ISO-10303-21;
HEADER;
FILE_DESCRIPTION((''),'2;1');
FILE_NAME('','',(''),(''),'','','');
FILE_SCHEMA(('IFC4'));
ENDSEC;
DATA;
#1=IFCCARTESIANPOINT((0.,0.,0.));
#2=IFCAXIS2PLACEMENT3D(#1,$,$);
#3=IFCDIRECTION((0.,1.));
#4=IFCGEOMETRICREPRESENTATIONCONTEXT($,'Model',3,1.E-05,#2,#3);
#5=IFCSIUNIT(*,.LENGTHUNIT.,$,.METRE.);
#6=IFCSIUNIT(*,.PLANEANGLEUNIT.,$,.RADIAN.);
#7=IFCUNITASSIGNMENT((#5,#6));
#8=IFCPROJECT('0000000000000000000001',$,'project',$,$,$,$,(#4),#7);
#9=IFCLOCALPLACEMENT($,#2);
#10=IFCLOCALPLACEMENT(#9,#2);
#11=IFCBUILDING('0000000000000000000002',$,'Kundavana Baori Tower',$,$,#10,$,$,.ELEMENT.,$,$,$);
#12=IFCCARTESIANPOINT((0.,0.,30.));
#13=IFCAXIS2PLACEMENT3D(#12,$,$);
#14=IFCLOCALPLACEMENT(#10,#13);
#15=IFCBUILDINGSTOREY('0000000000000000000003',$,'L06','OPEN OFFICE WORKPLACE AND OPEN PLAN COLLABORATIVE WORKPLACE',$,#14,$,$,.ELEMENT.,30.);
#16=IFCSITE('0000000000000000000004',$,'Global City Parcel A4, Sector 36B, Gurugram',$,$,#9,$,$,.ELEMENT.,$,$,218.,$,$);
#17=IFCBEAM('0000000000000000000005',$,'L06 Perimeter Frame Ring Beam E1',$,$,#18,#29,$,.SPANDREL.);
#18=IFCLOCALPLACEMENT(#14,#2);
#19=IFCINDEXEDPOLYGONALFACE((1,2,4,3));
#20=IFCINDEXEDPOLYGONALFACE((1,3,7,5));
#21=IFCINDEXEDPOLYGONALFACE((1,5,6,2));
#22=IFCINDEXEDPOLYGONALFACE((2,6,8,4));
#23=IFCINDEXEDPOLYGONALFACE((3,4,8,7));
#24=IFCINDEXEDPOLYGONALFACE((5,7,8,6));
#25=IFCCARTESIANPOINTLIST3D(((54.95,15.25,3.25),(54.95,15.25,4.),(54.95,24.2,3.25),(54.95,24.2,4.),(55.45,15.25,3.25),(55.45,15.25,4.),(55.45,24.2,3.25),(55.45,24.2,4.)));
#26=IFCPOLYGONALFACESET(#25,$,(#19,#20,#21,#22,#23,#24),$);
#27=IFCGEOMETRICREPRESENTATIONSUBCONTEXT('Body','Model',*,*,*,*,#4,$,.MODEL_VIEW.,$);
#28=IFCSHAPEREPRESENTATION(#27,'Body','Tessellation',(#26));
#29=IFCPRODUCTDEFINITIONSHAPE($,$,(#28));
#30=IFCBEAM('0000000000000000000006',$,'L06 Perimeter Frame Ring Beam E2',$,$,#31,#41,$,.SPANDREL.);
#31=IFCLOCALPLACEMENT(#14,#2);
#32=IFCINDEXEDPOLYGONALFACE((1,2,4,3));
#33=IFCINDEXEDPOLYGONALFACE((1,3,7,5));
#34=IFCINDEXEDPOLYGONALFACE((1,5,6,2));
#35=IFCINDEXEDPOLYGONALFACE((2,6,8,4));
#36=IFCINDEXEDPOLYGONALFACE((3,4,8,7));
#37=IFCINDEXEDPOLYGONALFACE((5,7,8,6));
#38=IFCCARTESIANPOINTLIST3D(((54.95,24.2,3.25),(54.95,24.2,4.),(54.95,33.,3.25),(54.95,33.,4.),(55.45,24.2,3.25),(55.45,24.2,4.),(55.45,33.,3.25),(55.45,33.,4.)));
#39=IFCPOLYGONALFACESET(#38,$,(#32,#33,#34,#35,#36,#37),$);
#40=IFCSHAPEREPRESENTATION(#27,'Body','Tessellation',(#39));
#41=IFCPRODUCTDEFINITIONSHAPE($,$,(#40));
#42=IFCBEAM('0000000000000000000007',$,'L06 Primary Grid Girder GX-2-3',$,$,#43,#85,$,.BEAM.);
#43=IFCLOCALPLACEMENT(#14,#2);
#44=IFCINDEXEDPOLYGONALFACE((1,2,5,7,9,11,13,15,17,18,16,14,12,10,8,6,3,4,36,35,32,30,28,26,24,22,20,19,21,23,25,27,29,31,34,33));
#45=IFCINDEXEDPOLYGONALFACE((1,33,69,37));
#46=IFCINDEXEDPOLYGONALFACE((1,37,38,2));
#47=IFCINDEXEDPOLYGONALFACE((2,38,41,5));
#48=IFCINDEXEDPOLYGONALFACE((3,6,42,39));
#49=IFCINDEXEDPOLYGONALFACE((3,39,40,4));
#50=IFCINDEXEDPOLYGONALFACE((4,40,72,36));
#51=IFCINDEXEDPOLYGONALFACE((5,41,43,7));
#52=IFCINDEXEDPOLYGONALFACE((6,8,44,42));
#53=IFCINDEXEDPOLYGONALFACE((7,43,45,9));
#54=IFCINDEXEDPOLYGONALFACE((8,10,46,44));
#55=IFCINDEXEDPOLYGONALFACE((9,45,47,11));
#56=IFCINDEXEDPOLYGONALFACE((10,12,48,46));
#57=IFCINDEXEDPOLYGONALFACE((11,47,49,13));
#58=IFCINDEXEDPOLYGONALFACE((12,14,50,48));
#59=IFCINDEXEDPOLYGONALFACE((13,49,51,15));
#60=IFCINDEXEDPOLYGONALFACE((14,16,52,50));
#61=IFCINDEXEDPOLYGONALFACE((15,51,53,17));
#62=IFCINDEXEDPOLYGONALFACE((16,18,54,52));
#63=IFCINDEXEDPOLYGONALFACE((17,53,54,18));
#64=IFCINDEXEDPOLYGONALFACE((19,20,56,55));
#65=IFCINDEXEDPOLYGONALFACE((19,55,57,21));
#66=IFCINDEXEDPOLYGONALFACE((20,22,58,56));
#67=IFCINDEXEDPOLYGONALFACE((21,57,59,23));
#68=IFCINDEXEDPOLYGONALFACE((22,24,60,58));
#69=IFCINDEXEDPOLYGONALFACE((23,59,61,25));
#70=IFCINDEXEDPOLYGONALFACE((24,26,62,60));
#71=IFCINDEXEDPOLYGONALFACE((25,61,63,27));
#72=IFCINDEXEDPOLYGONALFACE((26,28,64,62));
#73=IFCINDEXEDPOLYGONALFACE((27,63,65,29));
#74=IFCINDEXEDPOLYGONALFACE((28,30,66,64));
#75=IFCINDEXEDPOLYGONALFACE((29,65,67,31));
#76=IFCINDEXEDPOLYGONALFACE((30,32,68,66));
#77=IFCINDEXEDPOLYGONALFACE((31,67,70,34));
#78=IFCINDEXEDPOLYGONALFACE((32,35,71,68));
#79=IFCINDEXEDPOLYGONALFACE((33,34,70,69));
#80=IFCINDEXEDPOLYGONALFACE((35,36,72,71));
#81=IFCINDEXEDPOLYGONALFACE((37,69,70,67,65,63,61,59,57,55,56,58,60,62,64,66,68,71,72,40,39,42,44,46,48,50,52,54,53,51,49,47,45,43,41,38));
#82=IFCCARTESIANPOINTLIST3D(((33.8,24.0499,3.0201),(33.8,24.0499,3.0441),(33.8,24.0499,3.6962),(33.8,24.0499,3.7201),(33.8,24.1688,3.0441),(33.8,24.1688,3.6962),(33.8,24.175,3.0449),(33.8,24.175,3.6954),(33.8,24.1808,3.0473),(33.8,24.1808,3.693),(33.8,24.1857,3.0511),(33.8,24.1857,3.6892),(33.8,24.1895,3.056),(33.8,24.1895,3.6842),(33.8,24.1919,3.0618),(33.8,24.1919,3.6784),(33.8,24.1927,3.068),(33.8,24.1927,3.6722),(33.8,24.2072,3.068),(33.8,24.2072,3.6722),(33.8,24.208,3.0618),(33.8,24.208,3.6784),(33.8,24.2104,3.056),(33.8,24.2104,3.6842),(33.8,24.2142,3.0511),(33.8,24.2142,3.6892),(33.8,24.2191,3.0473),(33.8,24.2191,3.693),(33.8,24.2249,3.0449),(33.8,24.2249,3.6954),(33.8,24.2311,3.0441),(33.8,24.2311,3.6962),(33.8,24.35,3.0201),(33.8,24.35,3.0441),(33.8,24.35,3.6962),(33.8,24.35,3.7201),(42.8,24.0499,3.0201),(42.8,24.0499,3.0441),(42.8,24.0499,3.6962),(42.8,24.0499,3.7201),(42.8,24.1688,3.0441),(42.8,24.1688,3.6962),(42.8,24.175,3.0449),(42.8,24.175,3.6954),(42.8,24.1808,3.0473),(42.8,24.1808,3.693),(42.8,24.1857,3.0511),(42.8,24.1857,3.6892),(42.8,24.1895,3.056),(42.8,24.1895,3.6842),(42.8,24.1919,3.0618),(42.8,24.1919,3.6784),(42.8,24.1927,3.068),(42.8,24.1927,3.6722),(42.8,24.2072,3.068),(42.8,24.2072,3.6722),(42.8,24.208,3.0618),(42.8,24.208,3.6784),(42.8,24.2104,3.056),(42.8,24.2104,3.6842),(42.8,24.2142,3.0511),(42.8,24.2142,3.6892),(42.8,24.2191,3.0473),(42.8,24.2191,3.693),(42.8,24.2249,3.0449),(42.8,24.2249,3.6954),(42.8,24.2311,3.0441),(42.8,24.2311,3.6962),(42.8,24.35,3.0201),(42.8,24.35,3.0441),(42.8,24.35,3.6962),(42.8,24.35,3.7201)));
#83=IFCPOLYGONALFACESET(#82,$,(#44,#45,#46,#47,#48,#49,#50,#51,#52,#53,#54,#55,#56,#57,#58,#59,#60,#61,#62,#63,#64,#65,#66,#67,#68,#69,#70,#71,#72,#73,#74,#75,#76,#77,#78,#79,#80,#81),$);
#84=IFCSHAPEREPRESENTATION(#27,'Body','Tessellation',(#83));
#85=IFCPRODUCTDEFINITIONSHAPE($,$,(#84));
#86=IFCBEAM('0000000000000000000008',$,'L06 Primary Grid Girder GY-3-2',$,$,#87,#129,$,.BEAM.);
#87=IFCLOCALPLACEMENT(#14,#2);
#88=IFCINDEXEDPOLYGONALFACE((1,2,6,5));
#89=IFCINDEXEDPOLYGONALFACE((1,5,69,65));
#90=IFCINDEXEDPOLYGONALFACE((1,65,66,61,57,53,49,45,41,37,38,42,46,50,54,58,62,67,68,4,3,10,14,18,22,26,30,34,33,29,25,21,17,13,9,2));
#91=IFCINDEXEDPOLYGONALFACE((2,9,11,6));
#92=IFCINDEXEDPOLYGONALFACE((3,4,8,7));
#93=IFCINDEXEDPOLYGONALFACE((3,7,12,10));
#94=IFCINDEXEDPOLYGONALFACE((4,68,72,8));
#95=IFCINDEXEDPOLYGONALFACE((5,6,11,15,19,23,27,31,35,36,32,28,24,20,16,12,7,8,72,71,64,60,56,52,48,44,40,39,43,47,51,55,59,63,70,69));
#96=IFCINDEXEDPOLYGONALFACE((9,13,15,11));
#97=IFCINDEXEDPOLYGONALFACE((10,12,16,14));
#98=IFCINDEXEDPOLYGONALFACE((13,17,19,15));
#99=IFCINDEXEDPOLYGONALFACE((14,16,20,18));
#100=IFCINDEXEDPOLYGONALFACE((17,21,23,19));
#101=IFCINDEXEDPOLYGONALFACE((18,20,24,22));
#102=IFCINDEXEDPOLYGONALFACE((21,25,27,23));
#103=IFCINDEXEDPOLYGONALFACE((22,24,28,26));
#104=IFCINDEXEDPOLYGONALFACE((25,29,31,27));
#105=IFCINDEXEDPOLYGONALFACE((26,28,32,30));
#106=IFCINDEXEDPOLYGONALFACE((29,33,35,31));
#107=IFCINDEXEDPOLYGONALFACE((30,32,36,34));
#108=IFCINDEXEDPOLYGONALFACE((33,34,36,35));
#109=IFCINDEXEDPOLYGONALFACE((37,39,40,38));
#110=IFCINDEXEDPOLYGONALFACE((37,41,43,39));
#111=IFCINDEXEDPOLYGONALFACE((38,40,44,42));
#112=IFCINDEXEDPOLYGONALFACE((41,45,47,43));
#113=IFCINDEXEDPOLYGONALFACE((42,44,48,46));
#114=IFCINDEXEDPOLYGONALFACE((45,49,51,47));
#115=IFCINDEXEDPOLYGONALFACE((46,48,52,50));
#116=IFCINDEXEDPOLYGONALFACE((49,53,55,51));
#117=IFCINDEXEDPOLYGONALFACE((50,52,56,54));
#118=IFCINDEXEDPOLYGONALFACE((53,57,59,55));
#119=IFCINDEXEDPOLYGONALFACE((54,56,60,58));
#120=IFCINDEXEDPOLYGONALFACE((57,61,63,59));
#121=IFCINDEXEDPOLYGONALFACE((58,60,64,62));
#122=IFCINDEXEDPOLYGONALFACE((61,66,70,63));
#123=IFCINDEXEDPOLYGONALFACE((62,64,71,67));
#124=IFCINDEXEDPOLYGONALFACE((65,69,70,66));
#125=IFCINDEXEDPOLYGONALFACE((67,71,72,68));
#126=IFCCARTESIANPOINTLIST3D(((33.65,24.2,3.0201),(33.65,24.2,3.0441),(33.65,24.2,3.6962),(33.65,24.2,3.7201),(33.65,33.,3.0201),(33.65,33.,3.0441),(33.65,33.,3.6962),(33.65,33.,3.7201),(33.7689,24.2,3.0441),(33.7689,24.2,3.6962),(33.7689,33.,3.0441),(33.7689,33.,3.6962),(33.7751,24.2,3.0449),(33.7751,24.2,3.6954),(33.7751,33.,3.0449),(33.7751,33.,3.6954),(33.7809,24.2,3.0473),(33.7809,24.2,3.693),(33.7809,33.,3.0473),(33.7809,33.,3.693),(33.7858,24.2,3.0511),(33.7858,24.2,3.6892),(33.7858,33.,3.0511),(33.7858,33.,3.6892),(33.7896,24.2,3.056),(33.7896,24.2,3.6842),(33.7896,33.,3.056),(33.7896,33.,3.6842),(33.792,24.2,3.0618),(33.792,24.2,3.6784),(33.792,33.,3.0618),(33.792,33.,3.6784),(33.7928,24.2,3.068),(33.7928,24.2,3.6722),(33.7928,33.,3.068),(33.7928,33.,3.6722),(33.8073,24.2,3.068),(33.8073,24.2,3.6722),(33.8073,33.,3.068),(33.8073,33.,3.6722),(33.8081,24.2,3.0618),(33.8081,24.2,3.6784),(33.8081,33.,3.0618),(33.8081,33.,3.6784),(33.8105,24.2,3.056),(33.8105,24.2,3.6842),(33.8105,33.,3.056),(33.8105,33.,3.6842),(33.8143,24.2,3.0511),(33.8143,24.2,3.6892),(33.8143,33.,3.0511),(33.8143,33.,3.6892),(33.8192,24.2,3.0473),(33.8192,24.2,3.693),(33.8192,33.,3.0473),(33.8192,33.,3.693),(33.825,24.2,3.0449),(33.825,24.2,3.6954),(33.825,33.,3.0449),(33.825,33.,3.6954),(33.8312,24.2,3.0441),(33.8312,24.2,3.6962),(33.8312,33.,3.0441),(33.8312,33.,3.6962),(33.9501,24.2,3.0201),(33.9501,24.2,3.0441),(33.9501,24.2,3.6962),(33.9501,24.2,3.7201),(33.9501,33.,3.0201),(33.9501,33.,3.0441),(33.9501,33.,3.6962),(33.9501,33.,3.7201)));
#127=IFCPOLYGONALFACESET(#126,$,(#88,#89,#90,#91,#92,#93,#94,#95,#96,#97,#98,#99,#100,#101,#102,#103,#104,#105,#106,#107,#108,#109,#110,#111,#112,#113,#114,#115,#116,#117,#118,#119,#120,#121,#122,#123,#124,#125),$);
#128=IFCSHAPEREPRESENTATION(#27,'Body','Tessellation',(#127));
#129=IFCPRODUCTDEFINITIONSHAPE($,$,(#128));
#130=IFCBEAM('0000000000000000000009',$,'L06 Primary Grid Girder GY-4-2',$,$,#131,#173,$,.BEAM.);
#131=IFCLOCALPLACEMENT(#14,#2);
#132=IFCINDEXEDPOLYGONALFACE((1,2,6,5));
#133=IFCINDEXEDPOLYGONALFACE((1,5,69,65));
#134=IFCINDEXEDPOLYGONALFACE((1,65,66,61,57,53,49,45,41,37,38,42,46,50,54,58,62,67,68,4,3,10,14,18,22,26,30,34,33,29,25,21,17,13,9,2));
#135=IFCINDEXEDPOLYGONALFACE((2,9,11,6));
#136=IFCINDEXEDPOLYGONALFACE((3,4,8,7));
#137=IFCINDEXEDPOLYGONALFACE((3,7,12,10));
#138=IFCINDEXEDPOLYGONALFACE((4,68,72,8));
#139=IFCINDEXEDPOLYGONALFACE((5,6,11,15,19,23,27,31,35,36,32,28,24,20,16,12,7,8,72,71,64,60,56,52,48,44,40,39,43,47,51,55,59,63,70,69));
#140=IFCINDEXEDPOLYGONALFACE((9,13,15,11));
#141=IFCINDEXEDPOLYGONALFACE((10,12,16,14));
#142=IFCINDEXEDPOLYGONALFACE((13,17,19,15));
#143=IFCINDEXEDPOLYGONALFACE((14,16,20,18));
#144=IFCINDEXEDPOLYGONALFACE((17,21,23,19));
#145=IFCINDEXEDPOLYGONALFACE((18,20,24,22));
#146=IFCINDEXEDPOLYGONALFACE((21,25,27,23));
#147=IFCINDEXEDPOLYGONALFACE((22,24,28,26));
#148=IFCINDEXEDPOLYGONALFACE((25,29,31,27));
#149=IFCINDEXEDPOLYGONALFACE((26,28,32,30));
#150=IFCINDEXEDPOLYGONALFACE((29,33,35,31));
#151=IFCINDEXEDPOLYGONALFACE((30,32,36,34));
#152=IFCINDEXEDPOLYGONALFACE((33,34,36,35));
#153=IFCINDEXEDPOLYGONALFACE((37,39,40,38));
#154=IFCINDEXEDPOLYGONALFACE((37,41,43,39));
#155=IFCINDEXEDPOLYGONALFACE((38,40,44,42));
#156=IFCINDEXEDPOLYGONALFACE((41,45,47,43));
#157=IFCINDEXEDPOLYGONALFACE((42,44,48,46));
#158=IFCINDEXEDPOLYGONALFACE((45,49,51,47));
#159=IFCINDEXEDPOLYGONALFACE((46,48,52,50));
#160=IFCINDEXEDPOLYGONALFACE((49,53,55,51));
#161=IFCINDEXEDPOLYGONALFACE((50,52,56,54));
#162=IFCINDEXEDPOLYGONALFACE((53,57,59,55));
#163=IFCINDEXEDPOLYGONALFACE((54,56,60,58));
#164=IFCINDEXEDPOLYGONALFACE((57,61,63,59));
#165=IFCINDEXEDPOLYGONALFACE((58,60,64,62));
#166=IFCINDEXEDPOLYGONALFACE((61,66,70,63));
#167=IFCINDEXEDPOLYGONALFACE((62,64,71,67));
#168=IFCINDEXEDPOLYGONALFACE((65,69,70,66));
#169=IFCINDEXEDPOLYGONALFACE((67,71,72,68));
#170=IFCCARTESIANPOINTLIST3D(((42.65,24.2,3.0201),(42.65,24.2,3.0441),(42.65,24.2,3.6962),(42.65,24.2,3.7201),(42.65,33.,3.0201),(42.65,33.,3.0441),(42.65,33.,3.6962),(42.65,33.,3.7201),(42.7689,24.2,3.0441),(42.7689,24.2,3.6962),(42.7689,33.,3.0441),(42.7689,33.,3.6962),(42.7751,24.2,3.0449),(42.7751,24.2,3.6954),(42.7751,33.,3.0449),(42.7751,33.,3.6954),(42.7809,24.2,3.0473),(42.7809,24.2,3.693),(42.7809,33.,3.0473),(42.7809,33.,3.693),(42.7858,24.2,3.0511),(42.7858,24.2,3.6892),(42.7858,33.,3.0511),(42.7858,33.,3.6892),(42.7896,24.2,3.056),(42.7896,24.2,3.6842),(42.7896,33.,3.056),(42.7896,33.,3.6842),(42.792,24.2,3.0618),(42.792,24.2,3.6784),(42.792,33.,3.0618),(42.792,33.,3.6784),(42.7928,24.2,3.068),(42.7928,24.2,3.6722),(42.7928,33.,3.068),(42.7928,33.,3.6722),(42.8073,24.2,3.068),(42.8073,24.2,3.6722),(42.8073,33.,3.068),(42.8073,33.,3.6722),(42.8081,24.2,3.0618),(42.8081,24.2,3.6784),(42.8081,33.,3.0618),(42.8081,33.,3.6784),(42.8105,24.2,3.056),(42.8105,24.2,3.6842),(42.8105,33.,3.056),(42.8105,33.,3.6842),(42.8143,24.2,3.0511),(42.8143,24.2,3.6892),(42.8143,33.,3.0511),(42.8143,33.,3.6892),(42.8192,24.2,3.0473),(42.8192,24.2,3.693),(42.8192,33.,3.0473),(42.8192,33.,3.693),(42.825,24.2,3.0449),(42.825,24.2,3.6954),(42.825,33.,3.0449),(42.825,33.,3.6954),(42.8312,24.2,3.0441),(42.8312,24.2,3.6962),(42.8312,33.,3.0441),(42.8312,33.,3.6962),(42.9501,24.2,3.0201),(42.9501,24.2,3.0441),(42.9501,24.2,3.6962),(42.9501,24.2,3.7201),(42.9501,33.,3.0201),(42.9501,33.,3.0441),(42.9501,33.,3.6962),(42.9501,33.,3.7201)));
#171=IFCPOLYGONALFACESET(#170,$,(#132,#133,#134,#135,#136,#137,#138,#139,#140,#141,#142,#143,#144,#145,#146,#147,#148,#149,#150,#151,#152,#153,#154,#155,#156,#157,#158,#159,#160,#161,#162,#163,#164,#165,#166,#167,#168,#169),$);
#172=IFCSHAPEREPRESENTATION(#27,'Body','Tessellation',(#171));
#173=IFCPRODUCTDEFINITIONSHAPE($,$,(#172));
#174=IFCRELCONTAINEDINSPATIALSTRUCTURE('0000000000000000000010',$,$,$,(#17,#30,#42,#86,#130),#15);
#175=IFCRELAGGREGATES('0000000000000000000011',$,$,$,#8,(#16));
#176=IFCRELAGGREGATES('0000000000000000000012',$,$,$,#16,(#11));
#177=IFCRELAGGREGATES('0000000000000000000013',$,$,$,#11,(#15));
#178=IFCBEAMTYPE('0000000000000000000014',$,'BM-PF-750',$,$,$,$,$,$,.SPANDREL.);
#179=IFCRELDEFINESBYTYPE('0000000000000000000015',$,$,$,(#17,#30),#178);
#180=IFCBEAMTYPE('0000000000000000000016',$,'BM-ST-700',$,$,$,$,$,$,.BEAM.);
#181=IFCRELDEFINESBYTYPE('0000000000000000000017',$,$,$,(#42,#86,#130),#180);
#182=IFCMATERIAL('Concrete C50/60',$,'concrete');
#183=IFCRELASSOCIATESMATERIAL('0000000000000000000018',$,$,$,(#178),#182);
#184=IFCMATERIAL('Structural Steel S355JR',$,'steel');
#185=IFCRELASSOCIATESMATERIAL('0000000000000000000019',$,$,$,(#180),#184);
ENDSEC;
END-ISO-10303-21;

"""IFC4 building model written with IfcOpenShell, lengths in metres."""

from ifc_helpers import new_model, si_unit, direction, frame, origin, origin_2d, place, context, subcontext, project, spatial, rectangle, i_section, extrude, material, material_profile, profile_set, type_object, element, save


model = new_model("IFC4")

# Units and contexts
model_context = context("Model", 3, precision=1e-05, world=origin(), true_north=direction((0.0, 1.0)))
body_context = subcontext(model_context, "Body", "Model", "MODEL_VIEW")
ifc_project = project(units=[si_unit("LENGTHUNIT", "METRE"), si_unit("PLANEANGLEUNIT", "RADIAN")], contexts=[model_context])

# Site, building, storey
site_placement = place(None, origin())
site = spatial("IfcSite", under=ifc_project, at=site_placement, Name="Global City Parcel A4, Sector 36B, Gurugram", CompositionType="ELEMENT", RefElevation=218.0)
building_placement = place(site_placement, origin())
building = spatial("IfcBuilding", under=site, at=building_placement, Name="Kundavana Baori Tower", CompositionType="ELEMENT")
storey_placement = place(building_placement, frame((0.0, 0.0, 30.0)))
storey = spatial("IfcBuildingStorey", under=building, at=storey_placement, Name="L06", Description="OPEN OFFICE WORKPLACE AND OPEN PLAN COLLABORATIVE WORKPLACE", CompositionType="ELEMENT", Elevation=30.0)

# Beams
ifc_material_1 = material(Name="Concrete C50/60", Category="concrete")
ifc_material_profile_1 = material_profile(ifc_material_1, rectangle(XDim=0.5, YDim=0.75, at=origin_2d()), Name="RC BM 500x750")
ifc_profile_set_1 = profile_set([ifc_material_profile_1], Name="Concrete C50/60")
beam_type_1 = type_object("IfcBeamType", Name="BM-PF-750", PredefinedType="SPANDREL", material=ifc_profile_set_1)
beam_1_placement = place(storey_placement, frame((55.2, 15.25, 3.625), z_axis=(0.0, 1.0, 0.0), x_axis=(-1.0, 0.0, 0.0)))
element("IfcBeam", 1, at=beam_1_placement, inside=storey, type_object=beam_type_1, Name="L06 Perimeter Frame Ring Beam E1", PredefinedType="SPANDREL", context=body_context, shape_type="SweptSolid", body=[
    extrude(rectangle(XDim=0.5, YDim=0.75, at=origin_2d()), origin(), (0.0, 0.0, 1.0), 8.95),
])
beam_2_placement = place(storey_placement, frame((55.2, 24.2, 3.625), z_axis=(0.0, 1.0, 0.0), x_axis=(-1.0, 0.0, 0.0)))
element("IfcBeam", 2, at=beam_2_placement, inside=storey, type_object=beam_type_1, Name="L06 Perimeter Frame Ring Beam E2", PredefinedType="SPANDREL", context=body_context, shape_type="SweptSolid", body=[
    extrude(rectangle(XDim=0.5, YDim=0.75, at=origin_2d()), origin(), (0.0, 0.0, 1.0), 8.8),
])
ifc_material_2 = material(Name="Structural Steel S355JR", Category="steel")
ifc_material_profile_2 = material_profile(ifc_material_2, i_section(OverallWidth=0.3, OverallDepth=0.7, WebThickness=0.0144, FlangeThickness=0.0239, FilletRadius=0.0239, at=origin_2d()), Name="NPB 700x300x170")
ifc_profile_set_2 = profile_set([ifc_material_profile_2], Name="Structural Steel S355JR")
beam_type_2 = type_object("IfcBeamType", Name="BM-ST-700", PredefinedType="BEAM", material=ifc_profile_set_2)
beam_3_placement = place(storey_placement, frame((33.8, 24.2, 3.3701), z_axis=(1.0, 0.0, 0.0), x_axis=(0.0, 1.0, 0.0)))
element("IfcBeam", 3, at=beam_3_placement, inside=storey, type_object=beam_type_2, Name="L06 Primary Grid Girder GX-2-3", PredefinedType="BEAM", context=body_context, shape_type="SweptSolid", body=[
    extrude(i_section(OverallWidth=0.3, OverallDepth=0.7, WebThickness=0.0144, FlangeThickness=0.0239, FilletRadius=0.0239, at=origin_2d()), origin(), (0.0, 0.0, 1.0), 9.0),
])
for number, where, z_axis, x_axis, name in (
    (4, (33.8, 24.2, 3.3701), (0.0, 1.0, 0.0), (-1.0, 0.0, 0.0), "L06 Primary Grid Girder GY-3-2"),
    (5, (42.8, 24.2, 3.3701), (0.0, 1.0, 0.0), (-1.0, 0.0, 0.0), "L06 Primary Grid Girder GY-4-2"),
):
    element("IfcBeam", number, at=place(storey_placement, frame(where, z_axis=z_axis, x_axis=x_axis)), inside=storey, type_object=beam_type_2, Name=name, PredefinedType="BEAM", context=body_context, shape_type="SweptSolid", body=[
        extrude(i_section(OverallWidth=0.3, OverallDepth=0.7, WebThickness=0.0144, FlangeThickness=0.0239, FilletRadius=0.0239, at=origin_2d()), origin(), (0.0, 0.0, 1.0), 8.8),
    ])

save(model, "model.ifc")
